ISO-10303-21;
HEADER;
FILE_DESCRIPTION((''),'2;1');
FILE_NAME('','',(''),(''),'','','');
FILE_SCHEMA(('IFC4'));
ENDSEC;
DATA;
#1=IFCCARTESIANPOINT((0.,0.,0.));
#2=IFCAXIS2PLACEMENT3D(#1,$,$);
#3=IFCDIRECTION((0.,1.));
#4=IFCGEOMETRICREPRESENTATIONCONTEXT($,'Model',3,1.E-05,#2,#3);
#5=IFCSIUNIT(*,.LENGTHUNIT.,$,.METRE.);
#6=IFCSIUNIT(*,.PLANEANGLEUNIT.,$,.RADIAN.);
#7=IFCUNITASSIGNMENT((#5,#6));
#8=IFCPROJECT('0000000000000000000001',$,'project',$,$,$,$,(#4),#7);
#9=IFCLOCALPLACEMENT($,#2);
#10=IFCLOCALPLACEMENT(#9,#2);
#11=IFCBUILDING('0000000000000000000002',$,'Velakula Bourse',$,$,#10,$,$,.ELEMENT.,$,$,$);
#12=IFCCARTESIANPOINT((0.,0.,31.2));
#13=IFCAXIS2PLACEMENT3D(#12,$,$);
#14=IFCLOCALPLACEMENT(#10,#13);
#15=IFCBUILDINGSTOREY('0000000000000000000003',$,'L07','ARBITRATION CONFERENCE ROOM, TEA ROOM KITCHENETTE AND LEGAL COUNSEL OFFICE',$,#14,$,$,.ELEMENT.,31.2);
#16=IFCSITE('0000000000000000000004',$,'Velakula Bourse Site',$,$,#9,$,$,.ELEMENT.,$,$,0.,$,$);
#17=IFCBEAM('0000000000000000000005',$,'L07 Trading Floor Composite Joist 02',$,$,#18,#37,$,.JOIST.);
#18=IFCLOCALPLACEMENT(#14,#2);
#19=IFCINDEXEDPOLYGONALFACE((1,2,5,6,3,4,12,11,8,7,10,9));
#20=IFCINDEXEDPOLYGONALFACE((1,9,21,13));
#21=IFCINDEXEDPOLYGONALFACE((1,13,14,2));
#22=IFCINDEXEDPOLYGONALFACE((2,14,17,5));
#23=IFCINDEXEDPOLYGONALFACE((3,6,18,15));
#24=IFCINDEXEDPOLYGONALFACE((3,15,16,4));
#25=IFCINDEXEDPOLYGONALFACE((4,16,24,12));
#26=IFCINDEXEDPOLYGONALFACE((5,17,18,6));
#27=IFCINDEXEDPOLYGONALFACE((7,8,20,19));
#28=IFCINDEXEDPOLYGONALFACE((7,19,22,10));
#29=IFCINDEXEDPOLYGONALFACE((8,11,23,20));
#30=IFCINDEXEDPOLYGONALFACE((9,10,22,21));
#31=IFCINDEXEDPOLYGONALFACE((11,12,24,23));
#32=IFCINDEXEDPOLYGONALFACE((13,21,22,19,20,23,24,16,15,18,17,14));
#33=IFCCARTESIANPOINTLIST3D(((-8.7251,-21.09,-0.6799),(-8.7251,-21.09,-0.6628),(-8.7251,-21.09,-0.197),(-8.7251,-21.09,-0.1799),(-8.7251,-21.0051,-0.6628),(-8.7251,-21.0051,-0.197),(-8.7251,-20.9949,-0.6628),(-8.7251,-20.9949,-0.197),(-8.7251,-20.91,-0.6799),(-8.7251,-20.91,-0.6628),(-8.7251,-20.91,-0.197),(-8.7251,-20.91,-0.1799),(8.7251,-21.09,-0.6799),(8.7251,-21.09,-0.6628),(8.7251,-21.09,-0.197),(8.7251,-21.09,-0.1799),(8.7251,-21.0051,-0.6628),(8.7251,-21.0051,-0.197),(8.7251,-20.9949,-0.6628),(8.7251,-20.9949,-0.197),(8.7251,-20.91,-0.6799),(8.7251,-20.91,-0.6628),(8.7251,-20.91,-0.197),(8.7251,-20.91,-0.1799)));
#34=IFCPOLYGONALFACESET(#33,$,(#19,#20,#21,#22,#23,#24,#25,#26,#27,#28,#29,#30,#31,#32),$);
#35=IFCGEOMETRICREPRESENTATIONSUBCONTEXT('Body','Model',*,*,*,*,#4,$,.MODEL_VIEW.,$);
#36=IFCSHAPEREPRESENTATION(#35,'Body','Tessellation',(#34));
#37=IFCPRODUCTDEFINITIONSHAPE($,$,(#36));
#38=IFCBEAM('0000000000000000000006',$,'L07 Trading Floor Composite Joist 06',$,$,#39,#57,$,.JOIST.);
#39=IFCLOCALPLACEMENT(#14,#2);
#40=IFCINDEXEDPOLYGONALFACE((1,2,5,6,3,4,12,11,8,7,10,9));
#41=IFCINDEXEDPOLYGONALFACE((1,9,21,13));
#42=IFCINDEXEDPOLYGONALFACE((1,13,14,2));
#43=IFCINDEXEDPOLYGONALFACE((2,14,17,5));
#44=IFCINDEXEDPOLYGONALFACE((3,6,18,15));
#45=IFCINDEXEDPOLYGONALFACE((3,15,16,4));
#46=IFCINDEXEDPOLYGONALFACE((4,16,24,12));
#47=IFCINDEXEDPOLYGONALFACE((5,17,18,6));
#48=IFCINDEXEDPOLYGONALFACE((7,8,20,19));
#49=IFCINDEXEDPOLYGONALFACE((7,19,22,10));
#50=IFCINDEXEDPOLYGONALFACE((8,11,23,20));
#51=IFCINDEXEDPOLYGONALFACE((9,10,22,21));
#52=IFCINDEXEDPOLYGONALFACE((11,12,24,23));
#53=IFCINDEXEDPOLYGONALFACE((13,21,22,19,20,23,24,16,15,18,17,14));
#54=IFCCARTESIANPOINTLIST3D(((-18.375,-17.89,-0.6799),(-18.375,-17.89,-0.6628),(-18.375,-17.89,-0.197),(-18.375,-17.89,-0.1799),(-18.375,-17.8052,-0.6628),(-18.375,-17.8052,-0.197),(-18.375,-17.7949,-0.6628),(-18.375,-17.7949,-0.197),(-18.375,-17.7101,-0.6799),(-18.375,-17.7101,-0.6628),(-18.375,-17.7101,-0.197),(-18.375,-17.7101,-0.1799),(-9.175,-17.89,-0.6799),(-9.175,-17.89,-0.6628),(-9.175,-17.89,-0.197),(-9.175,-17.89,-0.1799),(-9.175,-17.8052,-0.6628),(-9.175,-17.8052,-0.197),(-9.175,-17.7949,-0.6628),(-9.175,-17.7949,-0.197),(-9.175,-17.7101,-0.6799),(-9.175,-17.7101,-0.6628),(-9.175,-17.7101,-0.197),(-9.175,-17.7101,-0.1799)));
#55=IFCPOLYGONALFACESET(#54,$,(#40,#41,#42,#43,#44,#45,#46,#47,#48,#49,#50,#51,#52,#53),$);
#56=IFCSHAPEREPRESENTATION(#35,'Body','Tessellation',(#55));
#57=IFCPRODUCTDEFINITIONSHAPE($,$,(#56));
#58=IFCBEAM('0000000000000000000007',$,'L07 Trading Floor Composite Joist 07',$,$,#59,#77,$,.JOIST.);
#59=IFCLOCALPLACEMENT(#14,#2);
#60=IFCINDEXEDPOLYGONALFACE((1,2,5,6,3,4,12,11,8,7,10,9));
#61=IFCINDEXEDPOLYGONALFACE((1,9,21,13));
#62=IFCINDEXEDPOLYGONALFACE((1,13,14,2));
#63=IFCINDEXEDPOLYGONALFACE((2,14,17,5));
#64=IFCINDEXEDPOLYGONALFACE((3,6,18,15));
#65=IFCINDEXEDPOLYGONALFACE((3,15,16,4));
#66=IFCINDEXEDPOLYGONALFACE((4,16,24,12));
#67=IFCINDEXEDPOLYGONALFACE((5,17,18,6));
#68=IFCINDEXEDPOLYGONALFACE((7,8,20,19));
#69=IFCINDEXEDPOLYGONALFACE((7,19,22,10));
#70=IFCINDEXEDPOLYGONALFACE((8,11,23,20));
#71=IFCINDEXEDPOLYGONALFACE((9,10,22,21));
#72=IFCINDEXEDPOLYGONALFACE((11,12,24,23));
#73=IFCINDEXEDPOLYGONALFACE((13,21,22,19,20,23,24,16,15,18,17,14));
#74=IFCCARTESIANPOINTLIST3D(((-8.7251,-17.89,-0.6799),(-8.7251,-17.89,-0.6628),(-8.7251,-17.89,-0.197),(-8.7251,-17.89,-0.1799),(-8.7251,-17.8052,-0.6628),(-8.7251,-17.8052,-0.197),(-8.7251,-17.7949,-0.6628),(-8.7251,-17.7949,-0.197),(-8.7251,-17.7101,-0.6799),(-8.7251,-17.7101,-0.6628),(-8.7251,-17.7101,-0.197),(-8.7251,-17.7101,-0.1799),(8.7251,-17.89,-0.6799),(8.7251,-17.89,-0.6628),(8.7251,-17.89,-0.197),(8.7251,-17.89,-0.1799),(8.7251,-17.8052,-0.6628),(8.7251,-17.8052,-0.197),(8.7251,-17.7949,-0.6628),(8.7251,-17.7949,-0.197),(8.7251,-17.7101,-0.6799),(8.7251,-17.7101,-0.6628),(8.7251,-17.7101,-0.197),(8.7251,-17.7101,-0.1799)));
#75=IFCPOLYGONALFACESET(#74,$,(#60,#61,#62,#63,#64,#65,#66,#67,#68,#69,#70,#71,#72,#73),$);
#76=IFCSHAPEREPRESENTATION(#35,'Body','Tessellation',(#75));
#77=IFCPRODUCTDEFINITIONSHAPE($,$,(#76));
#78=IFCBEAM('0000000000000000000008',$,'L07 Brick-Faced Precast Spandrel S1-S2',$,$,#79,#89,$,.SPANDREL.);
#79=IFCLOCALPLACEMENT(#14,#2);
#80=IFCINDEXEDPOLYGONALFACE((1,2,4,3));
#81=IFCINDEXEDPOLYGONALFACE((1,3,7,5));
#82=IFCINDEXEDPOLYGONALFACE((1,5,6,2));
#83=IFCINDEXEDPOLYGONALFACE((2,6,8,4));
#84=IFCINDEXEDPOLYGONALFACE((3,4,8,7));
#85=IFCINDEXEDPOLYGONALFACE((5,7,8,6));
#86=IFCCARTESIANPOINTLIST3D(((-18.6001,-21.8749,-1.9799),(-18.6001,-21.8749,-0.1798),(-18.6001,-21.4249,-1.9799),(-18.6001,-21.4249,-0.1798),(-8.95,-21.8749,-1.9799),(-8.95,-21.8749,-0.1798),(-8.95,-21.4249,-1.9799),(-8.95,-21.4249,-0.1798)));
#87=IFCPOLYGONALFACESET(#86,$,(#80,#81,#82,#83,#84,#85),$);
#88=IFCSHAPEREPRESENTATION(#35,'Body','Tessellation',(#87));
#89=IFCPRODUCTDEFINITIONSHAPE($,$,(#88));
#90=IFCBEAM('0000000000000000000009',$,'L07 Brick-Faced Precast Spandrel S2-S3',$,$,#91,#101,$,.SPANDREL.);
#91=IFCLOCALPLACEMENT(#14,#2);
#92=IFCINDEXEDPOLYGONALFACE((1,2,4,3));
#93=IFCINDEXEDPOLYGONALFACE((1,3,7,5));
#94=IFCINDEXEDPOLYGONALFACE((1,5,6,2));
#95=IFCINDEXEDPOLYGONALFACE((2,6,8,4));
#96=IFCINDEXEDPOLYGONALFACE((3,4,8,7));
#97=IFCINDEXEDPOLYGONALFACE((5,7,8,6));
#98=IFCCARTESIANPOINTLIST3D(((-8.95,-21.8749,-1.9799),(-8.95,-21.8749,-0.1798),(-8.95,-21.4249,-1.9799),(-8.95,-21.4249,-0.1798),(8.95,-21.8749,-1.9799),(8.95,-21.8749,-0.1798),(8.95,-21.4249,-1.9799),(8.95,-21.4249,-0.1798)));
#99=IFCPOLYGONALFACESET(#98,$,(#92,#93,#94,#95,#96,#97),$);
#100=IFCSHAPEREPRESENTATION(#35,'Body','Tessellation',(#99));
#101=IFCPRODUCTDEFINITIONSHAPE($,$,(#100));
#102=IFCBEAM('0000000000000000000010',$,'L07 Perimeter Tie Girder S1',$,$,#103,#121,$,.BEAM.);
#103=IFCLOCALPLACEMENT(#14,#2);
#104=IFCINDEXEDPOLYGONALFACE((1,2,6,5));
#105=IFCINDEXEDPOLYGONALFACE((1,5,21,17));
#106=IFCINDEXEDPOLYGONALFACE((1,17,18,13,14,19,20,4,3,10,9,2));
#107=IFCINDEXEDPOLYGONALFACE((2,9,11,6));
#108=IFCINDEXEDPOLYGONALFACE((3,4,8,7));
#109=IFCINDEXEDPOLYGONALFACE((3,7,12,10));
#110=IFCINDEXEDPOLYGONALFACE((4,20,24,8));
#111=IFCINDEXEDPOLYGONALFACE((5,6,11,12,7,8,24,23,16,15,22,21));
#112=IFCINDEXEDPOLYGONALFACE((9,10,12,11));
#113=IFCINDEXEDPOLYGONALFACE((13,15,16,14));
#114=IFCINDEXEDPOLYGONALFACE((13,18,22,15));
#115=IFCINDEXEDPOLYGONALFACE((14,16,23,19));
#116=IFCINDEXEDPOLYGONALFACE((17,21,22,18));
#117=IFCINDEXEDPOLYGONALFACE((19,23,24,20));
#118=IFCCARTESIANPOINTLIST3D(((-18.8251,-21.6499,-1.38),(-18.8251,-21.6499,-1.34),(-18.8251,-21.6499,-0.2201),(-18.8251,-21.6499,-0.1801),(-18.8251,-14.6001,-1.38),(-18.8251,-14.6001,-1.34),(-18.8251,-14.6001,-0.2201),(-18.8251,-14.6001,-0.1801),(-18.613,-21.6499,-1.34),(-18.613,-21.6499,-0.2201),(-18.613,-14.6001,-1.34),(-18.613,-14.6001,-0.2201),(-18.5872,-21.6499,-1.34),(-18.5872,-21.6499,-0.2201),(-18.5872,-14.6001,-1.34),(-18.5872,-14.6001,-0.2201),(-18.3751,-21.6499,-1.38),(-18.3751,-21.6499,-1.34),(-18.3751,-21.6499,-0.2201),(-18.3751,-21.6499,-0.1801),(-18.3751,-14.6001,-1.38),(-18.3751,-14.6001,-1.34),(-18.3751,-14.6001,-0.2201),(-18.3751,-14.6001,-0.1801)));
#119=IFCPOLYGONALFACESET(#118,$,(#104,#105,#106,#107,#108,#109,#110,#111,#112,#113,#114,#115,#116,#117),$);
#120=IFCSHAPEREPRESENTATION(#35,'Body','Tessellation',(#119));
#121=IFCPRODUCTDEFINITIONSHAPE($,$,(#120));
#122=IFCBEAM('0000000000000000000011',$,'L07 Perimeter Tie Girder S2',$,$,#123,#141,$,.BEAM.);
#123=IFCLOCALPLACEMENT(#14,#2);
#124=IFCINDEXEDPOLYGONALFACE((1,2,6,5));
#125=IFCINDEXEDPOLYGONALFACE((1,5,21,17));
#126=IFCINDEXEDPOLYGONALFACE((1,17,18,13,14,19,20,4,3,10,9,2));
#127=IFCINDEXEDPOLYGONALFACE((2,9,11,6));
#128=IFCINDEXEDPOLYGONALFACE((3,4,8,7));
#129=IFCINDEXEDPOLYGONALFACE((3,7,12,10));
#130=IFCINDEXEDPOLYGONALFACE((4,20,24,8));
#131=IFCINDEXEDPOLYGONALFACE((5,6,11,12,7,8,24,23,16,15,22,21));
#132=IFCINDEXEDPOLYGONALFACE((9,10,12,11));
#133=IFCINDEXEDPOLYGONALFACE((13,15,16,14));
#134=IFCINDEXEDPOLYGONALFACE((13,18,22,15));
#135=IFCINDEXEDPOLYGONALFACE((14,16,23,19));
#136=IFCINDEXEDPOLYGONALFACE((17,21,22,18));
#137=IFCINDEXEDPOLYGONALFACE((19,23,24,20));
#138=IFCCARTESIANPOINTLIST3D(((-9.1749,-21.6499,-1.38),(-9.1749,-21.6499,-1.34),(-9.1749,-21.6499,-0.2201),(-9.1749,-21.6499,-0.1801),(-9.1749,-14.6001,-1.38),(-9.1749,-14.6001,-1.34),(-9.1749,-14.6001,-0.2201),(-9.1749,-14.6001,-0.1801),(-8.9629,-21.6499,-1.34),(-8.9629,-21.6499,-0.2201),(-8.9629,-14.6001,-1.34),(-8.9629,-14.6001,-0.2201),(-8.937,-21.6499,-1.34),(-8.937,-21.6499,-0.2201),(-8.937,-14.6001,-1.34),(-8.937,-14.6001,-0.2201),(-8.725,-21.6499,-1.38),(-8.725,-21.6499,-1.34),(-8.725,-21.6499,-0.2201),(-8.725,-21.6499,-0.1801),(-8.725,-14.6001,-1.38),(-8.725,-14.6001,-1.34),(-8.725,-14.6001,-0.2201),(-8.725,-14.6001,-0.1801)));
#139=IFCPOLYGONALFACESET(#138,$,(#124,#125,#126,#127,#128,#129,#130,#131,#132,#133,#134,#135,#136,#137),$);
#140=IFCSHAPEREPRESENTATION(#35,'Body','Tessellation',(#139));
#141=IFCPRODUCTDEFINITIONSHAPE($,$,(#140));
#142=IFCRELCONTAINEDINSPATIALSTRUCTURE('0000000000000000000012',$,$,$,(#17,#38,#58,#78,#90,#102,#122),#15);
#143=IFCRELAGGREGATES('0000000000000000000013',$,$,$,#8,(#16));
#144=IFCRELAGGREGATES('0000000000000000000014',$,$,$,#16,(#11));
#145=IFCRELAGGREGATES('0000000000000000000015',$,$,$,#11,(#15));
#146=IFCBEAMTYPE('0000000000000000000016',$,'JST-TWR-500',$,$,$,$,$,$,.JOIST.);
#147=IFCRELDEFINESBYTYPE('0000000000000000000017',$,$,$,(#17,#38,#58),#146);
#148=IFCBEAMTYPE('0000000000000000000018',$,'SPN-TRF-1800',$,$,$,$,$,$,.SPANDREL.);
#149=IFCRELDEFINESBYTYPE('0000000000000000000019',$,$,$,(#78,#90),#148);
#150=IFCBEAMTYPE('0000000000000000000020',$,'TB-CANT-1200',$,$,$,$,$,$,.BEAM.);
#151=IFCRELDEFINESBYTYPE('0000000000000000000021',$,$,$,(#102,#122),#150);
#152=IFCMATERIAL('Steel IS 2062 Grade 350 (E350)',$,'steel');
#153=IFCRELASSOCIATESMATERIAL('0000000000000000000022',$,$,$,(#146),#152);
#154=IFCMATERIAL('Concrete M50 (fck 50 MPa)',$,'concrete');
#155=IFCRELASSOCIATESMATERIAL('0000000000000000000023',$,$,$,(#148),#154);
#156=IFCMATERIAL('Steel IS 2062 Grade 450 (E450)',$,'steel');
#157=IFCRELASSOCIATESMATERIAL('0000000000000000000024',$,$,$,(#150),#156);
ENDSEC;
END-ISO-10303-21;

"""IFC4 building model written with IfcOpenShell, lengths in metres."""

from ifc_helpers import new_model, si_unit, direction, frame, origin, origin_2d, place, context, subcontext, project, spatial, rectangle, i_section, extrude, material, material_profile, profile_set, type_object, element, save


model = new_model("IFC4")

# Units and contexts
model_context = context("Model", 3, precision=1e-05, world=origin(), true_north=direction((0.0, 1.0)))
body_context = subcontext(model_context, "Body", "Model", "MODEL_VIEW")
ifc_project = project(units=[si_unit("LENGTHUNIT", "METRE"), si_unit("PLANEANGLEUNIT", "RADIAN")], contexts=[model_context])

# Site, building, storey
site_placement = place(None, origin())
site = spatial("IfcSite", under=ifc_project, at=site_placement, Name="Velakula Bourse Site", CompositionType="ELEMENT", RefElevation=0.0)
building_placement = place(site_placement, origin())
building = spatial("IfcBuilding", under=site, at=building_placement, Name="Velakula Bourse", CompositionType="ELEMENT")
storey_placement = place(building_placement, frame((0.0, 0.0, 31.2)))
storey = spatial("IfcBuildingStorey", under=building, at=storey_placement, Name="L07", Description="ARBITRATION CONFERENCE ROOM, TEA ROOM KITCHENETTE AND LEGAL COUNSEL OFFICE", CompositionType="ELEMENT", Elevation=31.2)

# Shared definitions
ifc_material_1 = material(Name="Steel IS 2062 Grade 450 (E450)", Category="steel")

# Beams
ifc_material_2 = material(Name="Steel IS 2062 Grade 350 (E350)", Category="steel")
ifc_material_profile_1 = material_profile(ifc_material_2, i_section(OverallWidth=0.1799, OverallDepth=0.5, WebThickness=0.0103, FlangeThickness=0.0171, at=origin_2d()), Name="Steel IS 2062 Grade 350 (E350)")
ifc_profile_set_1 = profile_set([ifc_material_profile_1], Name="Steel IS 2062 Grade 350 (E350)")
beam_type_1 = type_object("IfcBeamType", Name="JST-TWR-500", PredefinedType="JOIST", material=ifc_profile_set_1)
beam_1_placement = place(storey_placement, frame((-8.7251, -21.0, -0.4299), z_axis=(1.0, 0.0, 0.0), x_axis=(0.0, 1.0, 0.0)))
element("IfcBeam", 1, at=beam_1_placement, inside=storey, type_object=beam_type_1, Name="L07 Trading Floor Composite Joist 02", PredefinedType="JOIST", context=body_context, shape_type="SweptSolid", body=[
    extrude(i_section(OverallWidth=0.1799, OverallDepth=0.5, WebThickness=0.0103, FlangeThickness=0.0171, at=origin_2d()), origin(), (0.0, 0.0, 1.0), 17.4502),
])
beam_2_placement = place(storey_placement, frame((-18.375, -17.8, -0.4299), z_axis=(1.0, 0.0, 0.0), x_axis=(0.0, 1.0, 0.0)))
element("IfcBeam", 2, at=beam_2_placement, inside=storey, type_object=beam_type_1, Name="L07 Trading Floor Composite Joist 06", PredefinedType="JOIST", context=body_context, shape_type="SweptSolid", body=[
    extrude(i_section(OverallWidth=0.1799, OverallDepth=0.5, WebThickness=0.0103, FlangeThickness=0.0171, at=origin_2d()), origin(), (0.0, 0.0, 1.0), 9.2),
])
beam_3_placement = place(storey_placement, frame((-8.7251, -17.8, -0.4299), z_axis=(1.0, 0.0, 0.0), x_axis=(0.0, 1.0, 0.0)))
element("IfcBeam", 3, at=beam_3_placement, inside=storey, type_object=beam_type_1, Name="L07 Trading Floor Composite Joist 07", PredefinedType="JOIST", context=body_context, shape_type="SweptSolid", body=[
    extrude(i_section(OverallWidth=0.1799, OverallDepth=0.5, WebThickness=0.0103, FlangeThickness=0.0171, at=origin_2d()), origin(), (0.0, 0.0, 1.0), 17.4502),
])
ifc_material_3 = material(Name="Concrete M50 (fck 50 MPa)", Category="concrete")
ifc_material_profile_2 = material_profile(ifc_material_3, rectangle(XDim=0.45, YDim=1.8, at=origin_2d()), Name="Concrete M50 (fck 50 MPa)")
ifc_profile_set_2 = profile_set([ifc_material_profile_2], Name="Concrete M50 (fck 50 MPa)")
beam_type_2 = type_object("IfcBeamType", Name="SPN-TRF-1800", PredefinedType="SPANDREL", material=ifc_profile_set_2)
beam_4_placement = place(storey_placement, frame((-18.6001, -21.6499, -1.0798), z_axis=(1.0, 0.0, 0.0), x_axis=(0.0, 1.0, 0.0)))
element("IfcBeam", 4, at=beam_4_placement, inside=storey, type_object=beam_type_2, Name="L07 Brick-Faced Precast Spandrel S1-S2", PredefinedType="SPANDREL", context=body_context, shape_type="SweptSolid", body=[
    extrude(rectangle(XDim=0.45, YDim=1.8, at=origin_2d()), origin(), (0.0, 0.0, 1.0), 9.6501),
])
beam_5_placement = place(storey_placement, frame((-8.95, -21.6499, -1.0798), z_axis=(1.0, 0.0, 0.0), x_axis=(0.0, 1.0, 0.0)))
element("IfcBeam", 5, at=beam_5_placement, inside=storey, type_object=beam_type_2, Name="L07 Brick-Faced Precast Spandrel S2-S3", PredefinedType="SPANDREL", context=body_context, shape_type="SweptSolid", body=[
    extrude(rectangle(XDim=0.45, YDim=1.8, at=origin_2d()), origin(), (0.0, 0.0, 1.0), 17.8999),
])
ifc_material_profile_3 = material_profile(ifc_material_1, i_section(OverallWidth=0.45, OverallDepth=1.2, WebThickness=0.0259, FlangeThickness=0.04, at=origin_2d()), Name="Steel IS 2062 Grade 450 (E450)")
ifc_profile_set_3 = profile_set([ifc_material_profile_3], Name="Steel IS 2062 Grade 450 (E450)")
beam_type_3 = type_object("IfcBeamType", Name="TB-CANT-1200", PredefinedType="BEAM", material=ifc_profile_set_3)
for number, where, z_axis, x_axis, name in (
    (6, (-18.6001, -14.6001, -0.78), (0.0, -1.0, 0.0), (1.0, 0.0, 0.0), "L07 Perimeter Tie Girder S1"),
    (7, (-8.95, -14.6001, -0.78), (0.0, -1.0, 0.0), (1.0, 0.0, 0.0), "L07 Perimeter Tie Girder S2"),
):
    element("IfcBeam", number, at=place(storey_placement, frame(where, z_axis=z_axis, x_axis=x_axis)), inside=storey, type_object=beam_type_3, Name=name, PredefinedType="BEAM", context=body_context, shape_type="SweptSolid", body=[
        extrude(i_section(OverallWidth=0.45, OverallDepth=1.2, WebThickness=0.0259, FlangeThickness=0.04, at=origin_2d()), origin(), (0.0, 0.0, 1.0), 7.0498),
    ])

save(model, "model.ifc")
